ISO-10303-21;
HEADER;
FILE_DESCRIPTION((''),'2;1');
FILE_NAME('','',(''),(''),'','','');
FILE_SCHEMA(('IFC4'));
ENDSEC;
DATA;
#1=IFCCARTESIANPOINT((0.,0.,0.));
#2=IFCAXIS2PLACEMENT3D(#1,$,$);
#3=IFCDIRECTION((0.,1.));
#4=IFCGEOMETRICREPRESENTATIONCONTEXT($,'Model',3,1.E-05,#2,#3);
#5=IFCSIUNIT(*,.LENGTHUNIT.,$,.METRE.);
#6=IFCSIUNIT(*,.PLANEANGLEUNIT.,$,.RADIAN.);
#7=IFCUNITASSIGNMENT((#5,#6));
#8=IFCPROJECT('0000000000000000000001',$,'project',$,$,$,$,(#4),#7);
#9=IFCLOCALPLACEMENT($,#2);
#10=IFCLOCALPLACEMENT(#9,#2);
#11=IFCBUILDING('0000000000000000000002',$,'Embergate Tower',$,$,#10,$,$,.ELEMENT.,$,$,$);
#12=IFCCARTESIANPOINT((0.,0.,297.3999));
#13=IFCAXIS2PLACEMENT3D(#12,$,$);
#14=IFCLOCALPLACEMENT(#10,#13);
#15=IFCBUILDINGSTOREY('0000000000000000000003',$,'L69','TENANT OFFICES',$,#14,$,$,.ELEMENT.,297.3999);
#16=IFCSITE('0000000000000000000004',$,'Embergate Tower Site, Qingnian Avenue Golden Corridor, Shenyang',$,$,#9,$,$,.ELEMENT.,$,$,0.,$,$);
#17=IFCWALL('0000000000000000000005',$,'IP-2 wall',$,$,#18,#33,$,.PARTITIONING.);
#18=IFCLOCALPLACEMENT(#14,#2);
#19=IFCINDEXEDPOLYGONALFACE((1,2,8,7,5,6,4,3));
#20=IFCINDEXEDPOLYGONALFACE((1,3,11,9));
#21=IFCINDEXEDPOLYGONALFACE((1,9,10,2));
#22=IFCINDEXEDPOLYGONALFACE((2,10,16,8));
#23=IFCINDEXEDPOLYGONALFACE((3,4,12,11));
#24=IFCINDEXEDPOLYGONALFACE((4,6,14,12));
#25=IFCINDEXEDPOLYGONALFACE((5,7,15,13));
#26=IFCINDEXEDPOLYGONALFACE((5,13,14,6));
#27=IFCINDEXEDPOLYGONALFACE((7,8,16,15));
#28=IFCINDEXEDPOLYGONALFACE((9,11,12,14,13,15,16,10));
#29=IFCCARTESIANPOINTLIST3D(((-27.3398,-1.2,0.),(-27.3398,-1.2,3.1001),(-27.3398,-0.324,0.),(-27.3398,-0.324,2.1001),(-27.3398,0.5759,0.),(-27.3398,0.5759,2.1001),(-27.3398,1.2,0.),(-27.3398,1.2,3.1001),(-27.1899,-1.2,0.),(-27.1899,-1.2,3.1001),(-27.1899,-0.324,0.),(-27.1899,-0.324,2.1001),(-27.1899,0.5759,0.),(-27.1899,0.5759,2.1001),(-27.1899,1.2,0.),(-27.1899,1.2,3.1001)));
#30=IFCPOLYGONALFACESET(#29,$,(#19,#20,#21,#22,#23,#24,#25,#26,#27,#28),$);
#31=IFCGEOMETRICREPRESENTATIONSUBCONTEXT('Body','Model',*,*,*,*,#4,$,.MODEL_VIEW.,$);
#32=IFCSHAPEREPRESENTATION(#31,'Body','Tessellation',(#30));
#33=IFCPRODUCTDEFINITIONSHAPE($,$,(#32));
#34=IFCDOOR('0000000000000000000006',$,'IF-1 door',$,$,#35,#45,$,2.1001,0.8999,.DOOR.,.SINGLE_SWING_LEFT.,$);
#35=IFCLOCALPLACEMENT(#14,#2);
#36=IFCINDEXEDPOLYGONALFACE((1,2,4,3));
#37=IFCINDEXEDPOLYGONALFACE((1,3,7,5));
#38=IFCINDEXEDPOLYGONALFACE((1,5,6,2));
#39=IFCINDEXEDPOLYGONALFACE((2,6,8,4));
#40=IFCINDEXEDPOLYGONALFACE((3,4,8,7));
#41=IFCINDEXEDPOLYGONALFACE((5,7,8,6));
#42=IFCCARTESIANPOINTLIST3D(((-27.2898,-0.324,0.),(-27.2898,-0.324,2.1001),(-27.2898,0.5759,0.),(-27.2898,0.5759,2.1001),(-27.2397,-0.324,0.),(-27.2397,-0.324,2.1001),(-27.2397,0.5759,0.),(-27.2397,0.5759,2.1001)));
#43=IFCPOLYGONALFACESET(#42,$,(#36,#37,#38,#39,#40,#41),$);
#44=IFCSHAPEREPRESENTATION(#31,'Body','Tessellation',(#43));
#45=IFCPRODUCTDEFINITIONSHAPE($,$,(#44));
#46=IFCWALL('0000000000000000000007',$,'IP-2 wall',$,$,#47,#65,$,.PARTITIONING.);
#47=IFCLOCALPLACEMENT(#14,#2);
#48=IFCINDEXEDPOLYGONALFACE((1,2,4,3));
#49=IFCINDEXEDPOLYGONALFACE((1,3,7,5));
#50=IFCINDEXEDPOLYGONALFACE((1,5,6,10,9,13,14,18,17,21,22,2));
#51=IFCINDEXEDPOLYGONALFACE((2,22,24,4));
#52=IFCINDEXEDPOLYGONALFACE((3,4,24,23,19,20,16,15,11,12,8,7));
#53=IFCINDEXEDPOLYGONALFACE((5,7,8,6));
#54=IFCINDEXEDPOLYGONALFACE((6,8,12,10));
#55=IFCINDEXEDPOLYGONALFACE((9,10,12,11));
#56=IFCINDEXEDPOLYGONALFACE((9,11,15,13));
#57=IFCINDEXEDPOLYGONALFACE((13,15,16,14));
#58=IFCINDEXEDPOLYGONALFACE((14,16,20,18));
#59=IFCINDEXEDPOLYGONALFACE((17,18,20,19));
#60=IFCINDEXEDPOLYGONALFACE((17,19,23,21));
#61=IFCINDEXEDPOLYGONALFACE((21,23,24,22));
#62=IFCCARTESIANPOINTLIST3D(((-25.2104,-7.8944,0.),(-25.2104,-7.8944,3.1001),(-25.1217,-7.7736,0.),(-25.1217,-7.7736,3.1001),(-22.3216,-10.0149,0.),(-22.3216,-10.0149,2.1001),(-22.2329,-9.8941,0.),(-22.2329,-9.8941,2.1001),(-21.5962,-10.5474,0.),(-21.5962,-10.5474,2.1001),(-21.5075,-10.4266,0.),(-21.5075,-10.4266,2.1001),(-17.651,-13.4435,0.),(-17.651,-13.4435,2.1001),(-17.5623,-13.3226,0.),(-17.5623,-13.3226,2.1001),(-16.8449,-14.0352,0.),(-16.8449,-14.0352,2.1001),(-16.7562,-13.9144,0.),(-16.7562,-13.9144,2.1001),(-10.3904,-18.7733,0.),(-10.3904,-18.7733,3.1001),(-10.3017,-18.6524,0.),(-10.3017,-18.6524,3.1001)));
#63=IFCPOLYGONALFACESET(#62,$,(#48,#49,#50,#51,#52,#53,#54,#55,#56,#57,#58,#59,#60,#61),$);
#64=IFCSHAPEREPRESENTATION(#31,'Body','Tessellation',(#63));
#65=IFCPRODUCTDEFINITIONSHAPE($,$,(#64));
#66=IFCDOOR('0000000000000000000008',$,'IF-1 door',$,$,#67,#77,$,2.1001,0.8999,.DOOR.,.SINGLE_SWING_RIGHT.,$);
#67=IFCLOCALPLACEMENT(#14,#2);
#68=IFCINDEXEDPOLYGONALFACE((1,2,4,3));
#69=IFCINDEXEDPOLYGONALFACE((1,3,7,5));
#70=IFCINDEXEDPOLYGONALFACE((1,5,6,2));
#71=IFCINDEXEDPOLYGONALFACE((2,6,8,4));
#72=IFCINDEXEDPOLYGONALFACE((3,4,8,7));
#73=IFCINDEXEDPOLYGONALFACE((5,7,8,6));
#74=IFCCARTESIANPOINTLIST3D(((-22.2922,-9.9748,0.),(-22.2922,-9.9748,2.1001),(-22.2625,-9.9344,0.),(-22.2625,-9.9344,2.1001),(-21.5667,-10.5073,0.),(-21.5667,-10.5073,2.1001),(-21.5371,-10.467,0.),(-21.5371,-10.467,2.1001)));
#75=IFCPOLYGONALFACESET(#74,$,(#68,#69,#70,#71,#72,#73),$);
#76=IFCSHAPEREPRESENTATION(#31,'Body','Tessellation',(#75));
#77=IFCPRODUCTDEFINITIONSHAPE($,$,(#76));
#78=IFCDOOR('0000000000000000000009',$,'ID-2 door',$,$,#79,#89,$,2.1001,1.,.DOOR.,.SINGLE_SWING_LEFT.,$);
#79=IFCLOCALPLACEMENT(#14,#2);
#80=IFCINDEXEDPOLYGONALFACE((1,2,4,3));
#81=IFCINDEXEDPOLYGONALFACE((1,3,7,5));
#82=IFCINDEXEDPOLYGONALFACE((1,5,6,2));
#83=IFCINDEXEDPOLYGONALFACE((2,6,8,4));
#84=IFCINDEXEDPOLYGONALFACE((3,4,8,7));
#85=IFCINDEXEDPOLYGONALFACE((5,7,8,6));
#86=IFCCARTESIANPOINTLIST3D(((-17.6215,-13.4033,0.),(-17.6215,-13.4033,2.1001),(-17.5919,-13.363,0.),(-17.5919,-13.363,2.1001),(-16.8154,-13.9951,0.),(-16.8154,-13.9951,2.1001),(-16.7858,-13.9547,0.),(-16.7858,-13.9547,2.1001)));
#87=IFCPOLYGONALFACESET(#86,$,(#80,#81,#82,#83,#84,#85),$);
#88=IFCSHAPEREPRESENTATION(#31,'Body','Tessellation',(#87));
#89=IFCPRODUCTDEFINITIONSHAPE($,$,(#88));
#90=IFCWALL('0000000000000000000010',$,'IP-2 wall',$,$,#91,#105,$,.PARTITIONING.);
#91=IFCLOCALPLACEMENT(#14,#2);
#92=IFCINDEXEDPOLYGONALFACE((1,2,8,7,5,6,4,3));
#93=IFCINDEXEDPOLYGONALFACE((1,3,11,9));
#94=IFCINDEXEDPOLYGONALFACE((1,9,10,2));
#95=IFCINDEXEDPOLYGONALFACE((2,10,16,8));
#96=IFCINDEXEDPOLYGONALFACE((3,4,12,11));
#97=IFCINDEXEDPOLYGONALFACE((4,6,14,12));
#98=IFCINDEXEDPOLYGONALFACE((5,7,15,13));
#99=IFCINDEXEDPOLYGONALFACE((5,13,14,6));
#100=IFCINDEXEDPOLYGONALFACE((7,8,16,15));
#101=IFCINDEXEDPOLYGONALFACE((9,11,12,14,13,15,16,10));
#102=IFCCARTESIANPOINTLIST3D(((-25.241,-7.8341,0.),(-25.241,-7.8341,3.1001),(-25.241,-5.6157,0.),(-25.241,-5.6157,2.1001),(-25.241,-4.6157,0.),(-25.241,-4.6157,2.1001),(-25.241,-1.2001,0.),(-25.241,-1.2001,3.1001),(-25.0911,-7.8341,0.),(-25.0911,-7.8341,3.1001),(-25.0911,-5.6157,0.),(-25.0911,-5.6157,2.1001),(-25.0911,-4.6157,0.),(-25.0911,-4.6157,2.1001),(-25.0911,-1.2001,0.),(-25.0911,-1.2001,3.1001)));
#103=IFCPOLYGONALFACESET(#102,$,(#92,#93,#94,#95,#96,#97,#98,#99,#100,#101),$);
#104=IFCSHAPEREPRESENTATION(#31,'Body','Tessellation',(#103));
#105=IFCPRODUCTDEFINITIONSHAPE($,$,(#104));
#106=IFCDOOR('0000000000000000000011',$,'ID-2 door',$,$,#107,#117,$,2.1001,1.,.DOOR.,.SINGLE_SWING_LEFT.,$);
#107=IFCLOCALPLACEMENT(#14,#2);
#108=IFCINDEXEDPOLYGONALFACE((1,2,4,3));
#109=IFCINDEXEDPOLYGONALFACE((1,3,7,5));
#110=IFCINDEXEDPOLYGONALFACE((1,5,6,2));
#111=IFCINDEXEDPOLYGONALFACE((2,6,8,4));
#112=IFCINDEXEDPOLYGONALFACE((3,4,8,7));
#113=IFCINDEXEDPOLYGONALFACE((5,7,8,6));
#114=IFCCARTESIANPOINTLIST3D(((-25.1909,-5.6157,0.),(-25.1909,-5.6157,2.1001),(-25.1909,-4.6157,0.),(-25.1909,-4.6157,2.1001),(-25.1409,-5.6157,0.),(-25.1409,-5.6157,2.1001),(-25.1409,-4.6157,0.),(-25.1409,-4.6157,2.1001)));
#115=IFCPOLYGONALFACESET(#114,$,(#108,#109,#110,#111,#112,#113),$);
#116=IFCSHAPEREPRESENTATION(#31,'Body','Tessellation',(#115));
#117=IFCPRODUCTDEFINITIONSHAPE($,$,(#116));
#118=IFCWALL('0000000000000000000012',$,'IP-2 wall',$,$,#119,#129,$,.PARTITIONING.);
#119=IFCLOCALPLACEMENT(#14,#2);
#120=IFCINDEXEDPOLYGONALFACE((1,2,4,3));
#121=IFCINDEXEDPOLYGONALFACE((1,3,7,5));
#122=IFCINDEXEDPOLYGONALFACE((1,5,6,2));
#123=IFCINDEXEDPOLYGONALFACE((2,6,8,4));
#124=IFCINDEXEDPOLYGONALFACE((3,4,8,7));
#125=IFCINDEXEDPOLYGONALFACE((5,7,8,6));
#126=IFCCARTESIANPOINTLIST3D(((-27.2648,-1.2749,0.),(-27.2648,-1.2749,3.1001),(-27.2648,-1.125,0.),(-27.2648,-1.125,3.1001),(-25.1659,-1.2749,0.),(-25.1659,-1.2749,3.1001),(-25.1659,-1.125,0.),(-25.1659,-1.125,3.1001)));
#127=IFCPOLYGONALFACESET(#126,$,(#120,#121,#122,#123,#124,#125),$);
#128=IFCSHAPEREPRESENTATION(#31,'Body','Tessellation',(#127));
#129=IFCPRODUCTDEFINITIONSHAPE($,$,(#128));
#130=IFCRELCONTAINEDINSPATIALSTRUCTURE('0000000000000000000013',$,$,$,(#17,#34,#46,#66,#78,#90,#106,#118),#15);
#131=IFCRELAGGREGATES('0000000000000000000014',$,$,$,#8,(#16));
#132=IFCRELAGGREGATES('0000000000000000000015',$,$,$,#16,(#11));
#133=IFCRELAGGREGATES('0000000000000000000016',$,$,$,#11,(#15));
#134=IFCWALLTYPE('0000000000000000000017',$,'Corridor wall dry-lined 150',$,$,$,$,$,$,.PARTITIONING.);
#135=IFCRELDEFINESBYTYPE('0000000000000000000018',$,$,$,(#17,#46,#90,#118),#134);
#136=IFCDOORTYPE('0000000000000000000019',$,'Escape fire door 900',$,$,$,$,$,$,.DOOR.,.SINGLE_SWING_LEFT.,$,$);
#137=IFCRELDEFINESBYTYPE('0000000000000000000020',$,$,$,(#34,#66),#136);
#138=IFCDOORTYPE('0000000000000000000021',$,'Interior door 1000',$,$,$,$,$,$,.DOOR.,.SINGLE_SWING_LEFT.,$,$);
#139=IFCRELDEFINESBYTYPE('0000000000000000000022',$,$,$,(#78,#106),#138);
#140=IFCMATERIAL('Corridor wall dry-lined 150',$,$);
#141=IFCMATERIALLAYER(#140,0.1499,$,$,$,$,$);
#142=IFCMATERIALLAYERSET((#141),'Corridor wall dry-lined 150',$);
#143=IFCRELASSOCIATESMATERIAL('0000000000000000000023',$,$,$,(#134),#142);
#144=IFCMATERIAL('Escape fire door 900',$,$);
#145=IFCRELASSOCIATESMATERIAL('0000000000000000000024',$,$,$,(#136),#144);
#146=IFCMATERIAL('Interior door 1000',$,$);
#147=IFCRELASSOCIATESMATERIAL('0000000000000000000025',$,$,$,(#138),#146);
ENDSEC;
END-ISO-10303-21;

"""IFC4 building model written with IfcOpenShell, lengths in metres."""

from ifc_helpers import new_model, si_unit, direction, frame, frame_2d, origin, place, context, subcontext, project, spatial, rectangle, extrude, source, transform, mapped, material, layer, layer_set, type_object, element, fill, save


model = new_model("IFC4")

# Units and contexts
model_context = context("Model", 3, precision=1e-05, world=origin(), true_north=direction((0.0, 1.0)))
body_context = subcontext(model_context, "Body", "Model", "MODEL_VIEW")
ifc_project = project(units=[si_unit("LENGTHUNIT", "METRE"), si_unit("PLANEANGLEUNIT", "RADIAN")], contexts=[model_context])

# Site, building, storey
site_placement = place(None, origin())
site = spatial("IfcSite", under=ifc_project, at=site_placement, Name="Embergate Tower Site, Qingnian Avenue Golden Corridor, Shenyang", CompositionType="ELEMENT", RefElevation=0.0)
building_placement = place(site_placement, origin())
building = spatial("IfcBuilding", under=site, at=building_placement, Name="Embergate Tower", CompositionType="ELEMENT")
storey_placement = place(building_placement, frame((0.0, 0.0, 297.3999)))
storey = spatial("IfcBuildingStorey", under=building, at=storey_placement, Name="L69", Description="TENANT OFFICES", CompositionType="ELEMENT", Elevation=297.3999)

# Wall, opening, door
ifc_material_1 = material(Name="Corridor wall dry-lined 150")
ifc_layer_1 = layer(ifc_material_1, 0.1499)
ifc_layer_set_1 = layer_set([ifc_layer_1], Name="Corridor wall dry-lined 150")
wall_type_1 = type_object("IfcWallType", Name="Corridor wall dry-lined 150", PredefinedType="PARTITIONING", material=ifc_layer_set_1)
shared_shape_1 = source(origin(), body_context, "Body", "SweptSolid", [
    extrude(rectangle(XDim=2.3999, YDim=0.1499, at=frame_2d((1.2, 0.0))), origin(), (0.0, 0.0, 1.0), 3.1001),
])
wall_1_placement = place(storey_placement, frame((-27.2649, -1.2, 0.0), z_axis=(0.0, 0.0, 1.0), x_axis=(0.0, 1.0, 0.0)))
wall_1 = element("IfcWall", 1, at=wall_1_placement, inside=storey, type_object=wall_type_1, Name="IP-2 wall", PredefinedType="PARTITIONING", context=body_context, shape_type="MappedRepresentation", body=[
    mapped(shared_shape_1, transform((0.0, 0.0, 0.0))),
])
shared_shape_2 = source(origin(), body_context, "Body", "SweptSolid", [
    extrude(rectangle(XDim=0.8999, YDim=2.1001, at=frame_2d((0.45, 1.05))), frame((0.0, 0.085, 0.0), z_axis=(0.0, -1.0, 0.0), x_axis=(1.0, 0.0, 0.0)), (0.0, 0.0, 1.0), 0.1699),
])
opening_1_placement = place(wall_1_placement, frame((0.876, 0.0, 0.0)))
opening_1 = element("IfcOpeningElement", 2, at=opening_1_placement, cuts=wall_1, PredefinedType="OPENING", context=body_context, shape_type="MappedRepresentation", body=[
    mapped(shared_shape_2, transform((0.0, 0.0, 0.0))),
])
ifc_material_2 = material(Name="Escape fire door 900")
door_type_1 = type_object("IfcDoorType", Name="Escape fire door 900", OperationType="SINGLE_SWING_LEFT", PredefinedType="DOOR", material=ifc_material_2)
shared_shape_3 = source(origin(), body_context, "Body", "SweptSolid", [
    extrude(rectangle(XDim=0.8999, YDim=2.1001, at=frame_2d((0.45, 1.05))), frame((0.0, 0.0249, 0.0), z_axis=(0.0, -1.0, 0.0), x_axis=(1.0, 0.0, 0.0)), (0.0, 0.0, 1.0), 0.05),
])
door_1_placement = place(opening_1_placement, origin())
door_1 = element("IfcDoor", 3, at=door_1_placement, inside=storey, type_object=door_type_1, Name="IF-1 door", OperationType="SINGLE_SWING_LEFT", OverallHeight=2.1001, OverallWidth=0.8999, PredefinedType="DOOR", context=body_context, shape_type="MappedRepresentation", body=[
    mapped(shared_shape_3, transform((0.0, 0.0, 0.0))),
])
fill(opening_1, door_1)

# Wall, openings, doors
shared_shape_4 = source(origin(), body_context, "Body", "SweptSolid", [
    extrude(rectangle(XDim=18.3843, YDim=0.1499, at=frame_2d((9.1921, 0.0))), origin(), (0.0, 0.0, 1.0), 3.1001),
])
wall_2_placement = place(storey_placement, frame((-25.166, -7.834, 0.0), z_axis=(0.0, 0.0, 1.0), x_axis=(0.806123, -0.591748, 0.0)))
wall_2 = element("IfcWall", 4, at=wall_2_placement, inside=storey, type_object=wall_type_1, Name="IP-2 wall", PredefinedType="PARTITIONING", context=body_context, shape_type="MappedRepresentation", body=[
    mapped(shared_shape_4, transform((0.0, 0.0, 0.0))),
])
opening_2_placement = place(wall_2_placement, frame((3.5835, 0.0, 0.0)))
opening_2 = element("IfcOpeningElement", 5, at=opening_2_placement, cuts=wall_2, PredefinedType="OPENING", context=body_context, shape_type="MappedRepresentation", body=[
    mapped(shared_shape_2, transform((0.0, 0.0, 0.0))),
])
shared_shape_5 = source(origin(), body_context, "Body", "SweptSolid", [
    extrude(rectangle(XDim=1.0, YDim=2.1001, at=frame_2d((0.5, 1.05))), frame((0.0, 0.085, 0.0), z_axis=(0.0, -1.0, 0.0), x_axis=(1.0, 0.0, 0.0)), (0.0, 0.0, 1.0), 0.1699),
])
opening_3_placement = place(wall_2_placement, frame((9.3774, 0.0, 0.0)))
opening_3 = element("IfcOpeningElement", 6, at=opening_3_placement, cuts=wall_2, PredefinedType="OPENING", context=body_context, shape_type="MappedRepresentation", body=[
    mapped(shared_shape_5, transform((0.0, 0.0, 0.0))),
])
door_2_placement = place(opening_2_placement, origin())
door_2 = element("IfcDoor", 7, at=door_2_placement, inside=storey, type_object=door_type_1, Name="IF-1 door", OperationType="SINGLE_SWING_RIGHT", OverallHeight=2.1001, OverallWidth=0.8999, PredefinedType="DOOR", context=body_context, shape_type="MappedRepresentation", body=[
    mapped(shared_shape_3, transform((0.0, 0.0, 0.0))),
])
fill(opening_2, door_2)
ifc_material_3 = material(Name="Interior door 1000")
door_type_2 = type_object("IfcDoorType", Name="Interior door 1000", OperationType="SINGLE_SWING_LEFT", PredefinedType="DOOR", material=ifc_material_3)
shared_shape_6 = source(origin(), body_context, "Body", "SweptSolid", [
    extrude(rectangle(XDim=1.0, YDim=2.1001, at=frame_2d((0.5, 1.05))), frame((0.0, 0.0249, 0.0), z_axis=(0.0, -1.0, 0.0), x_axis=(1.0, 0.0, 0.0)), (0.0, 0.0, 1.0), 0.05),
])
door_3_placement = place(opening_3_placement, origin())
door_3 = element("IfcDoor", 8, at=door_3_placement, inside=storey, type_object=door_type_2, Name="ID-2 door", OperationType="SINGLE_SWING_LEFT", OverallHeight=2.1001, OverallWidth=1.0, PredefinedType="DOOR", context=body_context, shape_type="MappedRepresentation", body=[
    mapped(shared_shape_6, transform((0.0, 0.0, 0.0))),
])
fill(opening_3, door_3)

# Wall, opening, door
shared_shape_7 = source(origin(), body_context, "Body", "SweptSolid", [
    extrude(rectangle(XDim=6.634, YDim=0.1499, at=frame_2d((3.3169, 0.0))), origin(), (0.0, 0.0, 1.0), 3.1001),
])
wall_3_placement = place(storey_placement, frame((-25.166, -7.834, 0.0), z_axis=(0.0, 0.0, 1.0), x_axis=(0.0, 1.0, 0.0)))
wall_3 = element("IfcWall", 9, at=wall_3_placement, inside=storey, type_object=wall_type_1, Name="IP-2 wall", PredefinedType="PARTITIONING", context=body_context, shape_type="MappedRepresentation", body=[
    mapped(shared_shape_7, transform((0.0, 0.0, 0.0))),
])
opening_4_placement = place(wall_3_placement, frame((2.2183, 0.0, 0.0)))
opening_4 = element("IfcOpeningElement", 10, at=opening_4_placement, cuts=wall_3, PredefinedType="OPENING", context=body_context, shape_type="MappedRepresentation", body=[
    mapped(shared_shape_5, transform((0.0, 0.0, 0.0))),
])
door_4_placement = place(opening_4_placement, origin())
door_4 = element("IfcDoor", 11, at=door_4_placement, inside=storey, type_object=door_type_2, Name="ID-2 door", OperationType="SINGLE_SWING_LEFT", OverallHeight=2.1001, OverallWidth=1.0, PredefinedType="DOOR", context=body_context, shape_type="MappedRepresentation", body=[
    mapped(shared_shape_6, transform((0.0, 0.0, 0.0))),
])
fill(opening_4, door_4)

# Wall
shared_shape_8 = source(origin(), body_context, "Body", "SweptSolid", [
    extrude(rectangle(XDim=2.0989, YDim=0.1499, at=frame_2d((1.0493, 0.0))), origin(), (0.0, 0.0, 1.0), 3.1001),
])
wall_4_placement = place(storey_placement, frame((-25.166, -1.2, 0.0), z_axis=(0.0, 0.0, 1.0), x_axis=(-1.0, 0.0, 0.0)))
element("IfcWall", 12, at=wall_4_placement, inside=storey, type_object=wall_type_1, Name="IP-2 wall", PredefinedType="PARTITIONING", context=body_context, shape_type="MappedRepresentation", body=[
    mapped(shared_shape_8, transform((0.0, 0.0, 0.0))),
])

save(model, "model.ifc")
